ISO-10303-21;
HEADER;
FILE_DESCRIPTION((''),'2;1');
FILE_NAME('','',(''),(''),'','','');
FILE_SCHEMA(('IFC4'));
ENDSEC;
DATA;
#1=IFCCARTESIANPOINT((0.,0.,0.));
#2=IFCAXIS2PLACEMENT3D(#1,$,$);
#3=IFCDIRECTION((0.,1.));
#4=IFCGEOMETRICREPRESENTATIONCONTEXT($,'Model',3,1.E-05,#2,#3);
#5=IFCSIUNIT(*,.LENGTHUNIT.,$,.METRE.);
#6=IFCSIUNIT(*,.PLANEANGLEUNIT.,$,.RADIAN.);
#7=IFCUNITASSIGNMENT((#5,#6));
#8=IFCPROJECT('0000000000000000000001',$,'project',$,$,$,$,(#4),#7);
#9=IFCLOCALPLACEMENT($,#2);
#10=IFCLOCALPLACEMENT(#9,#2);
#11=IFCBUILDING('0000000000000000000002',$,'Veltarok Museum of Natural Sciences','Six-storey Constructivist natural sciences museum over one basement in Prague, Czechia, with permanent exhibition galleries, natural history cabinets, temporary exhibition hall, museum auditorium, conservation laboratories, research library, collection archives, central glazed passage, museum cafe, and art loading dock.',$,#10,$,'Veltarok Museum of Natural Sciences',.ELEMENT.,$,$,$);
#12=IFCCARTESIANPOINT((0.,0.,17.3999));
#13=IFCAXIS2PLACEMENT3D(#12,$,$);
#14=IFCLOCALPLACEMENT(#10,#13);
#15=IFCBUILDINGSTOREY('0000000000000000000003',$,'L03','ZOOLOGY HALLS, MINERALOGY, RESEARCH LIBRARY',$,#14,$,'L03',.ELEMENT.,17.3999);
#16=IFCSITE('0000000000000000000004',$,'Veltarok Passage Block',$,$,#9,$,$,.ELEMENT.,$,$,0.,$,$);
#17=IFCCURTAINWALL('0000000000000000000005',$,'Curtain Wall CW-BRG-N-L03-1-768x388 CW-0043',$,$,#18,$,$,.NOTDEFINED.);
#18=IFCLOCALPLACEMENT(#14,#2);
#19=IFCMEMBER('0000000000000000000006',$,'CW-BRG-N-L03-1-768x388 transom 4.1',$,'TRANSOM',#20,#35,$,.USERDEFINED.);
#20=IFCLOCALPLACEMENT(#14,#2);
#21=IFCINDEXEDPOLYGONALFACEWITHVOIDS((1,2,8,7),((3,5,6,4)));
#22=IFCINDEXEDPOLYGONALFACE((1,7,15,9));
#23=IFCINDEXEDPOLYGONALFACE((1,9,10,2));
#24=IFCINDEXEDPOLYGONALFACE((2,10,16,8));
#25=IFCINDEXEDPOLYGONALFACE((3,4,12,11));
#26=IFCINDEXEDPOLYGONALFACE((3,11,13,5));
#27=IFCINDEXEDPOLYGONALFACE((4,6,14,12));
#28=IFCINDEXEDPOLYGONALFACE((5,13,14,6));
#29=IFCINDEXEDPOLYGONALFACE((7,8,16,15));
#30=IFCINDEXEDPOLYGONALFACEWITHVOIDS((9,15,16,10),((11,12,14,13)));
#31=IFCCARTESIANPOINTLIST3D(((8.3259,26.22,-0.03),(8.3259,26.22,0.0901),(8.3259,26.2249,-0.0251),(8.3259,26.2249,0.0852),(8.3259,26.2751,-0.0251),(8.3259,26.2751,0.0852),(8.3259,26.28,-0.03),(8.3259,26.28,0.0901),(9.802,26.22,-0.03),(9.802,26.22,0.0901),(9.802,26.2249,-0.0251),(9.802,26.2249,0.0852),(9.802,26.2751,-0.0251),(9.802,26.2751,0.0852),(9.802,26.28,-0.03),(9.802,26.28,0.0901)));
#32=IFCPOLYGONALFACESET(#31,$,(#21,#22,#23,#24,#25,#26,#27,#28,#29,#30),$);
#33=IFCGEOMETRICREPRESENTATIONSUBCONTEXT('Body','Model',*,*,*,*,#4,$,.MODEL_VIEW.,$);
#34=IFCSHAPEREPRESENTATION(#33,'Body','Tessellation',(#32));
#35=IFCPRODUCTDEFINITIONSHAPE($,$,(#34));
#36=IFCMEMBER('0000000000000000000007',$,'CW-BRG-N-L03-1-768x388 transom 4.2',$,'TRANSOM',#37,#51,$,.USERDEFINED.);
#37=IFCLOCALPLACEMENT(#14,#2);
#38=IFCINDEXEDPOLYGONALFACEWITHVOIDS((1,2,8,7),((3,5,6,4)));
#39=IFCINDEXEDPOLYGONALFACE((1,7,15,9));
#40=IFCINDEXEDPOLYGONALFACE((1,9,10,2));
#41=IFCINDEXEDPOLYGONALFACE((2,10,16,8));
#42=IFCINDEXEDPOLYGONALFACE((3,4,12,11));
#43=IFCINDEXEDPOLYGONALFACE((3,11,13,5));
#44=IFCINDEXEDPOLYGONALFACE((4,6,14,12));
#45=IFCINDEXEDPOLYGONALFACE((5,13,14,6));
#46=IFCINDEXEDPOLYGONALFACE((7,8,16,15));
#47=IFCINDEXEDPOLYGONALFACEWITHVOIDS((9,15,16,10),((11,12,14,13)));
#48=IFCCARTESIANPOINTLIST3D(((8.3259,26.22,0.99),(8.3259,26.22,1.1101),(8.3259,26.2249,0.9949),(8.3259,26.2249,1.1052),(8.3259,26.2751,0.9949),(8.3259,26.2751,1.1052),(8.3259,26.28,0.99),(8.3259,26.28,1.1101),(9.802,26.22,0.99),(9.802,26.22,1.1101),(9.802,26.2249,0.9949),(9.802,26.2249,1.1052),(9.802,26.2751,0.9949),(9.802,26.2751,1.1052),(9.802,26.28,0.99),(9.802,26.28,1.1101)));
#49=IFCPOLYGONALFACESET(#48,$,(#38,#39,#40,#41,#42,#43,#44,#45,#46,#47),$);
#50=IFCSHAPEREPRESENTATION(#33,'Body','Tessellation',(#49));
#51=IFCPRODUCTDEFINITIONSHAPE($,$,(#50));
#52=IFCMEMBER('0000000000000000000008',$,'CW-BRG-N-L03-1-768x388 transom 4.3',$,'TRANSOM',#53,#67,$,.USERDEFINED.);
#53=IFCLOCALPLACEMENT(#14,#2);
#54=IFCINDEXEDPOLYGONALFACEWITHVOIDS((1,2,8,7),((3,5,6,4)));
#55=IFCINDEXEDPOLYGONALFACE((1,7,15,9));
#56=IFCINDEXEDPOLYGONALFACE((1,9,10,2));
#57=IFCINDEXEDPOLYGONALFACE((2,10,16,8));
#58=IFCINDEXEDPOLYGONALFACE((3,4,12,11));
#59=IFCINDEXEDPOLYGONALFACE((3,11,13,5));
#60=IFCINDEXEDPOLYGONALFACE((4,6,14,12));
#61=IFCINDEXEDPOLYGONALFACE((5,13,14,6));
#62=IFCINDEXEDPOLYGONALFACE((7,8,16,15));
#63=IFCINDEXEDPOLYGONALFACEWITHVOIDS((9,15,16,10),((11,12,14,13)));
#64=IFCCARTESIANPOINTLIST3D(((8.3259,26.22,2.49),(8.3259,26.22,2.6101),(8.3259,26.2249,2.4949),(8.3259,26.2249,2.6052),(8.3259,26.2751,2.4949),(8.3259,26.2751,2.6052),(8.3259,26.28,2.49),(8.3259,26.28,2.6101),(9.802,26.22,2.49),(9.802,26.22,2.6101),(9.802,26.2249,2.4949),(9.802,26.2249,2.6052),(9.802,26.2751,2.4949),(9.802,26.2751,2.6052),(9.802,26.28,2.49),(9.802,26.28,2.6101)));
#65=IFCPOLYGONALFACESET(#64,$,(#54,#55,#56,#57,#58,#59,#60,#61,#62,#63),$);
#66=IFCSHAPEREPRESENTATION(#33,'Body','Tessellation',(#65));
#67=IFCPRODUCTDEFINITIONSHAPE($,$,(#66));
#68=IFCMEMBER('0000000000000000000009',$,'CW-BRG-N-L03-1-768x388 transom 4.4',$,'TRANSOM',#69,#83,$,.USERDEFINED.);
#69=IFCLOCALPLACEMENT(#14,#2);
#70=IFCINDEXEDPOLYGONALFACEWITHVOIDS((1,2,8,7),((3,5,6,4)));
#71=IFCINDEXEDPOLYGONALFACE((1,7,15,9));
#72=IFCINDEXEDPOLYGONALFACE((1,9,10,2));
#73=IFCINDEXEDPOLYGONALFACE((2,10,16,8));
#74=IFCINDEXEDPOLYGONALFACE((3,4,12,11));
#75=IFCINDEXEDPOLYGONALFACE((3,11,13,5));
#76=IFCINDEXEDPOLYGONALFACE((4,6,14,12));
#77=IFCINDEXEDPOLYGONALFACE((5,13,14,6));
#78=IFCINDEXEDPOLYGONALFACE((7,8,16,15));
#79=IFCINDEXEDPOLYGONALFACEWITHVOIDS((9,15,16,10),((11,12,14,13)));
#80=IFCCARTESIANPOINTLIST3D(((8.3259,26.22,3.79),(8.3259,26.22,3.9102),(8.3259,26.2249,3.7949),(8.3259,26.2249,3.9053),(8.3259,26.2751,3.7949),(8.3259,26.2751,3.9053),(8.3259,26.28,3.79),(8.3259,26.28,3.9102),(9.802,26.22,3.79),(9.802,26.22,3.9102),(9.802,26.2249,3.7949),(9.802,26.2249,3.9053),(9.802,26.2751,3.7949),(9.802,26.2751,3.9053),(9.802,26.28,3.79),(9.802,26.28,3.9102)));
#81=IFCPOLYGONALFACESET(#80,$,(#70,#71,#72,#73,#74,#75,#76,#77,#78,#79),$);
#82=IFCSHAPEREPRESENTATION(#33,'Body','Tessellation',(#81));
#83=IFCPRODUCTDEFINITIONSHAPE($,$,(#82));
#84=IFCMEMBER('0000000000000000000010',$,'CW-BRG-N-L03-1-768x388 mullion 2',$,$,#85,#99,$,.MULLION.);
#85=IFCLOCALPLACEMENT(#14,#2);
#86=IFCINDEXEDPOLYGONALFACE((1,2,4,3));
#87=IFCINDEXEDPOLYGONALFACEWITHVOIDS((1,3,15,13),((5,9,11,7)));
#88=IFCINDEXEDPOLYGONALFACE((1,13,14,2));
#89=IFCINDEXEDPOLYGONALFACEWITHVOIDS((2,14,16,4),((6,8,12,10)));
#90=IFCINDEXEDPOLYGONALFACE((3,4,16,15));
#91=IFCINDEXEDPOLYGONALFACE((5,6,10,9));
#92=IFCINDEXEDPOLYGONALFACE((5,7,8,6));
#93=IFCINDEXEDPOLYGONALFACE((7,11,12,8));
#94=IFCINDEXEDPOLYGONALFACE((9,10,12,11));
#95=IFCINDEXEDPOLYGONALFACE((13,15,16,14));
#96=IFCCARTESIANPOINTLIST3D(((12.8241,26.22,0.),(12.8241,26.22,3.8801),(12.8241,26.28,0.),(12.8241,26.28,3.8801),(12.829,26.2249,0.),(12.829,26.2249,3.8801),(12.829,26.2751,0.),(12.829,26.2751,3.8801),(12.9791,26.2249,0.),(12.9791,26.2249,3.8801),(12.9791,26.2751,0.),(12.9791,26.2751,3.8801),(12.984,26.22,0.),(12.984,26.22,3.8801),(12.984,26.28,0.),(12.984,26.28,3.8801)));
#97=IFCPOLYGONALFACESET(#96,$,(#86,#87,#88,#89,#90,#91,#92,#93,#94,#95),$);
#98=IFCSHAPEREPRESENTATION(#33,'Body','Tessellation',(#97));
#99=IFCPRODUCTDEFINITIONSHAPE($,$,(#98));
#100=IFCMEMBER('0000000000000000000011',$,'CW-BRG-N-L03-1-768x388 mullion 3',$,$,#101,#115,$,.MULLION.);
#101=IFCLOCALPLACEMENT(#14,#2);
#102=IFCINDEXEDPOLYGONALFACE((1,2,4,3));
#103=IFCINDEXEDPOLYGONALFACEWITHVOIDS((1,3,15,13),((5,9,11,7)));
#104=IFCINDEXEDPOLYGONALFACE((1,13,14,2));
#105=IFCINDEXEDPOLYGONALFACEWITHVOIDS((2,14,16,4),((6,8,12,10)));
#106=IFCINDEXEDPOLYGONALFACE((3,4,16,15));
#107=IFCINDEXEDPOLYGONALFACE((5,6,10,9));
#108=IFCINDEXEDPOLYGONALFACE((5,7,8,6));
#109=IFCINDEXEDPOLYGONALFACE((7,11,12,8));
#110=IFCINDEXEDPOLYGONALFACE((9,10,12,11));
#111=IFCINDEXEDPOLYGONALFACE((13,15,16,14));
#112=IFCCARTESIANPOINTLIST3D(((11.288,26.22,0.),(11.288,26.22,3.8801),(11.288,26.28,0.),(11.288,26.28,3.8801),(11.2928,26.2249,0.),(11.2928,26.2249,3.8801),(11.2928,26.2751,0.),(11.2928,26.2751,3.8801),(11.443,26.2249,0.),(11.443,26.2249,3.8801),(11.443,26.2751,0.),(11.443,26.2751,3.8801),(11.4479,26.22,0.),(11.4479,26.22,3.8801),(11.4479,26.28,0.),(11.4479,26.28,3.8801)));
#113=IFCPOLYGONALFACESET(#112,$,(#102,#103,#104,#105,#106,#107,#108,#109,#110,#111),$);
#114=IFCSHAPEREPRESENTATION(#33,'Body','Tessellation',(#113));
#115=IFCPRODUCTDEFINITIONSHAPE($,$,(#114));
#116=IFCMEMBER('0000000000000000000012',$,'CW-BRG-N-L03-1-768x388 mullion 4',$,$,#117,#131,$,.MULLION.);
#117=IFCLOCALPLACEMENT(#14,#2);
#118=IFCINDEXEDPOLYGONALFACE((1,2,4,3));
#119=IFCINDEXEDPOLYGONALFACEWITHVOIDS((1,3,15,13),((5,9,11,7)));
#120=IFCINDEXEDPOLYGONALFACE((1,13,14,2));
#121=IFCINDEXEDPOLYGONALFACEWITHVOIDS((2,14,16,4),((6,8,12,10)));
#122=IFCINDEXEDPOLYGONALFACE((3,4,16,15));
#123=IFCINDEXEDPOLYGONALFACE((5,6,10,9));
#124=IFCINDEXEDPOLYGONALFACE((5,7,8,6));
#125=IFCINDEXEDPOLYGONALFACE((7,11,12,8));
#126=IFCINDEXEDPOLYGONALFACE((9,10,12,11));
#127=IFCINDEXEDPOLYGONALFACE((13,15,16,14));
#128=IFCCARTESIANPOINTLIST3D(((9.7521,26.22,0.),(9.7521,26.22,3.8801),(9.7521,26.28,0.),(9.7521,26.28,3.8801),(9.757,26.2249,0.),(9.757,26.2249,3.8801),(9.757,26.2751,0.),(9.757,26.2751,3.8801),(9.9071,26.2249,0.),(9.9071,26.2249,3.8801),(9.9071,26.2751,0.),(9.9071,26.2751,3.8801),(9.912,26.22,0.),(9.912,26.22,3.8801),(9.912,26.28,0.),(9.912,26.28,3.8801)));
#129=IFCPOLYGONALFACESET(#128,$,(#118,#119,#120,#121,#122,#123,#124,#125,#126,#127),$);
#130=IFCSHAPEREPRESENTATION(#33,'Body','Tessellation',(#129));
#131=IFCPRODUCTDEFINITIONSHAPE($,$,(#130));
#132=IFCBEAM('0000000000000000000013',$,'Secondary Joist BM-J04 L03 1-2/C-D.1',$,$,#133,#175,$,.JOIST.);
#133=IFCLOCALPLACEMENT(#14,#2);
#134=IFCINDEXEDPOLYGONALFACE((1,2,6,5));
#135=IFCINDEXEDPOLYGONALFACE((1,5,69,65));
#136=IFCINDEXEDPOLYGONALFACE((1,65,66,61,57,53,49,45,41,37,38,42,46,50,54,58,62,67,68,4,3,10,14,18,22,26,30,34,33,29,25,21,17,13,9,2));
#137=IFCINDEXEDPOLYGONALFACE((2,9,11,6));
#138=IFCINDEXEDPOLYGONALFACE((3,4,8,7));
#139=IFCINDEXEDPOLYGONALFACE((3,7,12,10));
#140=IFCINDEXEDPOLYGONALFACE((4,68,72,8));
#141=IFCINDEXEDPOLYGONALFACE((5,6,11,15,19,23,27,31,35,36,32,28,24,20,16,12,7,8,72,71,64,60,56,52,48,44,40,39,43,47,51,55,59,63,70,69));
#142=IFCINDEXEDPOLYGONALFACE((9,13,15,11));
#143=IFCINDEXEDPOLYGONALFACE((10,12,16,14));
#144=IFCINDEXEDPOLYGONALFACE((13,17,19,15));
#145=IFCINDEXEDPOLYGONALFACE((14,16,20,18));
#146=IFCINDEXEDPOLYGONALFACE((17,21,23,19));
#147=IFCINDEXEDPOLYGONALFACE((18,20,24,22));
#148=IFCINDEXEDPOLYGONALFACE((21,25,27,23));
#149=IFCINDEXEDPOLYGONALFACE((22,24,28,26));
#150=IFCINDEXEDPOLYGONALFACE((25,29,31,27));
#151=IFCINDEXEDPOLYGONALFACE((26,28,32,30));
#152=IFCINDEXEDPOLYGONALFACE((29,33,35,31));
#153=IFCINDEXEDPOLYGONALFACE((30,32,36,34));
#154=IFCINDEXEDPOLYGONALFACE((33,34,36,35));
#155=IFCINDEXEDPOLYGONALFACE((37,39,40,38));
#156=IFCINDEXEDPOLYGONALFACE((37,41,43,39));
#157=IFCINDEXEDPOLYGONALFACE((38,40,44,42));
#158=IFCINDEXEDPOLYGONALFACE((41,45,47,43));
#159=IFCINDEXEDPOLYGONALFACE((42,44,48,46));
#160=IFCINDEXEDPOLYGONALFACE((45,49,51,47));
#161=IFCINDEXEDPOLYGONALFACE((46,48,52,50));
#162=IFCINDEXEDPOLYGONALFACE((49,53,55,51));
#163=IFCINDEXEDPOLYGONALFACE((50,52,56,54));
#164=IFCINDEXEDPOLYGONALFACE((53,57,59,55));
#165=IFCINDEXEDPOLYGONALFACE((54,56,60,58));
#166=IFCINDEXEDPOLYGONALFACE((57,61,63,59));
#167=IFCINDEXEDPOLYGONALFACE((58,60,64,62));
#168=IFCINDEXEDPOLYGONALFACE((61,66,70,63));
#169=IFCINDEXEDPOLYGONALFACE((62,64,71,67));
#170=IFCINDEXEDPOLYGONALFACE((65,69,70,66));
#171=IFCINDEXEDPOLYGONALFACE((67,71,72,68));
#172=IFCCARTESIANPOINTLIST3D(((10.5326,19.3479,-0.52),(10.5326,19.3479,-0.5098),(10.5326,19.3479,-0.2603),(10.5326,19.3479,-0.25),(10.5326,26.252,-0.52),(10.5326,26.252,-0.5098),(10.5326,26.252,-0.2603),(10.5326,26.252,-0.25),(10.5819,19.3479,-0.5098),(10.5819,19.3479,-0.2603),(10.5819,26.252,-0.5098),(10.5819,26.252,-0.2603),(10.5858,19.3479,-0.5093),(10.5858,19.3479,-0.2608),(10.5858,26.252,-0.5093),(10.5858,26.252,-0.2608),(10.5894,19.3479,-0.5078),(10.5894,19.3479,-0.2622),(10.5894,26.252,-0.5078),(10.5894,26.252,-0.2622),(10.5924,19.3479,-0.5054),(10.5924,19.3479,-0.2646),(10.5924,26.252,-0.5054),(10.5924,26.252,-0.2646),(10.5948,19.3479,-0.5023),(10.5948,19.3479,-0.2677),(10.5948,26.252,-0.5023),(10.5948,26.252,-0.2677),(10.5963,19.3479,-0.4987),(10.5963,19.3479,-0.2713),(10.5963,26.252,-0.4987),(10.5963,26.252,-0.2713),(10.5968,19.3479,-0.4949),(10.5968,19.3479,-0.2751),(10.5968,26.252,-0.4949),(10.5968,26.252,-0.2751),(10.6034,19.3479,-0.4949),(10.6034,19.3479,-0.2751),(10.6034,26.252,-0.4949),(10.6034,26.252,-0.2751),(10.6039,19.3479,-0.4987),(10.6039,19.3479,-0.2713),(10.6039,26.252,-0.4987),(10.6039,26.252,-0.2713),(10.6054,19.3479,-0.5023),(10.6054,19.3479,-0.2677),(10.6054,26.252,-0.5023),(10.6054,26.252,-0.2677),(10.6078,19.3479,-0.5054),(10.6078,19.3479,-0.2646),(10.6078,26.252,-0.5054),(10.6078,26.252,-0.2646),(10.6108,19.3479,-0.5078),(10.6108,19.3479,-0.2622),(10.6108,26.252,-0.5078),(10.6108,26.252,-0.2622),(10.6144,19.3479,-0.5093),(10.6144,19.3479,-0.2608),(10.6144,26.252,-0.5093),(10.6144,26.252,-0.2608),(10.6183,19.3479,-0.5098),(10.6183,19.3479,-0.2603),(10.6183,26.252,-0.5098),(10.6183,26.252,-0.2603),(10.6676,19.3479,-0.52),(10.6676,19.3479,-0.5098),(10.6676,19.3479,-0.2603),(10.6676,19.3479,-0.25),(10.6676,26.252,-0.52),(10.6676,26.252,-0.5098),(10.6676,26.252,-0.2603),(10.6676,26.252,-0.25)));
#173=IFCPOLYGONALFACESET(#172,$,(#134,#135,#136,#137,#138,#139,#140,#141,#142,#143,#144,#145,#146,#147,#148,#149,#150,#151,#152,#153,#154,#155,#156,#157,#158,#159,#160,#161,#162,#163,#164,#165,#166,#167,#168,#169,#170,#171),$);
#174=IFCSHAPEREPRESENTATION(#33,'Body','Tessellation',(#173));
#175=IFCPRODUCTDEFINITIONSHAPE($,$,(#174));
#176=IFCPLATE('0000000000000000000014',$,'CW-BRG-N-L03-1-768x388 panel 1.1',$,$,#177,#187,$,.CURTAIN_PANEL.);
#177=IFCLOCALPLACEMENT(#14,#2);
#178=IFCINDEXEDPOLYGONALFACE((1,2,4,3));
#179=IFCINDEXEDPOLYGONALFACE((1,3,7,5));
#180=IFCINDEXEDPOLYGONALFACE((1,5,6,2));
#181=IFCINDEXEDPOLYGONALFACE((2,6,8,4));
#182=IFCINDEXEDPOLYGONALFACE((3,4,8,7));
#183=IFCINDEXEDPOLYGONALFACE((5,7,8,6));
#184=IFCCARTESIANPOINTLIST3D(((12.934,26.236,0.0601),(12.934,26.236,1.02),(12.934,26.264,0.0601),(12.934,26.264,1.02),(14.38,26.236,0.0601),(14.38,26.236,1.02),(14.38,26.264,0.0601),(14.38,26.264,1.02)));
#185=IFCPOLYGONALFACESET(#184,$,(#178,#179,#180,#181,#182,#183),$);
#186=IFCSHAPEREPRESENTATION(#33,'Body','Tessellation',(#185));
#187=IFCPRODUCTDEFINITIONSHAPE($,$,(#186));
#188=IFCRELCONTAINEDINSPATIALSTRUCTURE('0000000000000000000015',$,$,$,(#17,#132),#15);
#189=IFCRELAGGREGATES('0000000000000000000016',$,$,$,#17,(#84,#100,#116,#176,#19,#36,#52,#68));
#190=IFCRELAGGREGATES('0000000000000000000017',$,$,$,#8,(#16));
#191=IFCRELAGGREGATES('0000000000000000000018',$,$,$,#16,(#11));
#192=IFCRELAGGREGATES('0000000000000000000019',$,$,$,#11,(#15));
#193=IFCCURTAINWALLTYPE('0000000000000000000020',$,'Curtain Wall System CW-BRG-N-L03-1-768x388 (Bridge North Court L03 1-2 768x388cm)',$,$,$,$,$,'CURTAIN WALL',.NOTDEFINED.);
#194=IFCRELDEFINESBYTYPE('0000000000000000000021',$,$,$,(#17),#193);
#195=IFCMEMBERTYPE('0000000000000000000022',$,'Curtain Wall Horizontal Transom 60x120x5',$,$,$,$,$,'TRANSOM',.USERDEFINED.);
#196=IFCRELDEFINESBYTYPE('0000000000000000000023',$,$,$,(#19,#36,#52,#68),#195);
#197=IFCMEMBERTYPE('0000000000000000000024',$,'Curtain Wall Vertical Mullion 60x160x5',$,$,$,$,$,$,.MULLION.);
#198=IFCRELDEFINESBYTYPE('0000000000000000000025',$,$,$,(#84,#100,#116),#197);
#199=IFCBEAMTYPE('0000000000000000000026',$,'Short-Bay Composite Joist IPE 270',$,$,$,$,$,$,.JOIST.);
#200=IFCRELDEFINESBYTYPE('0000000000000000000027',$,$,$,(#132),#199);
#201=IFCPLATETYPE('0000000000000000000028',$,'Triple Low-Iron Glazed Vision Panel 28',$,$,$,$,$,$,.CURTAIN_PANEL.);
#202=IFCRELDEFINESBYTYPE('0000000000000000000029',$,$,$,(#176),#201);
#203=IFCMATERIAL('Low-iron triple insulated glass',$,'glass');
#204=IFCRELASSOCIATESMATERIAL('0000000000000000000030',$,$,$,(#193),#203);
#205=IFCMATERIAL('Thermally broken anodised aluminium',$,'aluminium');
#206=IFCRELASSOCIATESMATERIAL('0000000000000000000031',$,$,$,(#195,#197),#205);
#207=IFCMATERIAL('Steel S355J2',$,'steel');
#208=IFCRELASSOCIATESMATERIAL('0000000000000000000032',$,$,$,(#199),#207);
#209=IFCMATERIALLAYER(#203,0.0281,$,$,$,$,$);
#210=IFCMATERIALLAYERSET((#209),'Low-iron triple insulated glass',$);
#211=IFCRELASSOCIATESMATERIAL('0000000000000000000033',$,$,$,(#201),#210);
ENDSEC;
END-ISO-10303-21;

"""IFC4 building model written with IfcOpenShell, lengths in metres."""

from ifc_helpers import new_model, si_unit, direction, frame, origin, origin_2d, place, context, subcontext, project, spatial, rectangle, hollow_rectangle, i_section, extrude, material, layer, layer_set, material_profile, profile_set, type_object, element, aggregate, save


model = new_model("IFC4")

# Units and contexts
model_context = context("Model", 3, precision=1e-05, world=origin(), true_north=direction((0.0, 1.0)))
body_context = subcontext(model_context, "Body", "Model", "MODEL_VIEW")
ifc_project = project(units=[si_unit("LENGTHUNIT", "METRE"), si_unit("PLANEANGLEUNIT", "RADIAN")], contexts=[model_context])

# Site, building, storey
site_placement = place(None, origin())
site = spatial("IfcSite", under=ifc_project, at=site_placement, Name="Veltarok Passage Block", CompositionType="ELEMENT", RefElevation=0.0)
building_placement = place(site_placement, origin())
building = spatial("IfcBuilding", under=site, at=building_placement, Name="Veltarok Museum of Natural Sciences", Description="Six-storey Constructivist natural sciences museum over one basement in Prague, Czechia, with permanent exhibition galleries, natural history cabinets, temporary exhibition hall, museum auditorium, conservation laboratories, research library, collection archives, central glazed passage, museum cafe, and art loading dock.", LongName="Veltarok Museum of Natural Sciences", CompositionType="ELEMENT")
storey_placement = place(building_placement, frame((0.0, 0.0, 17.3999)))
storey = spatial("IfcBuildingStorey", under=building, at=storey_placement, Name="L03", Description="ZOOLOGY HALLS, MINERALOGY, RESEARCH LIBRARY", LongName="L03", CompositionType="ELEMENT", Elevation=17.3999)

# Curtain wall, members
ifc_material_1 = material(Name="Low-iron triple insulated glass", Category="glass")
curtain_wall_type = type_object("IfcCurtainWallType", Name="Curtain Wall System CW-BRG-N-L03-1-768x388 (Bridge North Court L03 1-2 768x388cm)", ElementType="CURTAIN WALL", PredefinedType="NOTDEFINED", material=ifc_material_1)
curtain_wall_placement = place(storey_placement, origin())
curtain_wall = element("IfcCurtainWall", 1, at=curtain_wall_placement, inside=storey, type_object=curtain_wall_type, Name="Curtain Wall CW-BRG-N-L03-1-768x388 CW-0043", PredefinedType="NOTDEFINED")
ifc_material_2 = material(Name="Thermally broken anodised aluminium", Category="aluminium")
ifc_material_profile_1 = material_profile(ifc_material_2, hollow_rectangle(XDim=0.0601, YDim=0.1201, WallThickness=0.0049, at=origin_2d()), Name="CW TRANSOM 60x120x5")
ifc_profile_set_1 = profile_set([ifc_material_profile_1], Name="Thermally broken anodised aluminium")
member_type_1 = type_object("IfcMemberType", Name="Curtain Wall Horizontal Transom 60x120x5", ElementType="TRANSOM", PredefinedType="USERDEFINED", material=ifc_profile_set_1)
member_1_placement = place(storey_placement, frame((9.802, 26.25, 0.03), z_axis=(-1.0, 0.0, 0.0), x_axis=(0.0, -1.0, 0.0)))
member_1 = element("IfcMember", 2, at=member_1_placement, type_object=member_type_1, Name="CW-BRG-N-L03-1-768x388 transom 4.1", ObjectType="TRANSOM", PredefinedType="USERDEFINED", context=body_context, shape_type="SweptSolid", body=[
    extrude(hollow_rectangle(XDim=0.0601, YDim=0.1201, WallThickness=0.0049, at=origin_2d()), origin(), (0.0, 0.0, 1.0), 1.4761),
])
member_2_placement = place(storey_placement, frame((9.802, 26.25, 1.05), z_axis=(-1.0, 0.0, 0.0), x_axis=(0.0, -1.0, 0.0)))
member_2 = element("IfcMember", 3, at=member_2_placement, type_object=member_type_1, Name="CW-BRG-N-L03-1-768x388 transom 4.2", ObjectType="TRANSOM", PredefinedType="USERDEFINED", context=body_context, shape_type="SweptSolid", body=[
    extrude(hollow_rectangle(XDim=0.0601, YDim=0.1201, WallThickness=0.0049, at=origin_2d()), origin(), (0.0, 0.0, 1.0), 1.4761),
])
member_3_placement = place(storey_placement, frame((9.802, 26.25, 2.55), z_axis=(-1.0, 0.0, 0.0), x_axis=(0.0, -1.0, 0.0)))
member_3 = element("IfcMember", 4, at=member_3_placement, type_object=member_type_1, Name="CW-BRG-N-L03-1-768x388 transom 4.3", ObjectType="TRANSOM", PredefinedType="USERDEFINED", context=body_context, shape_type="SweptSolid", body=[
    extrude(hollow_rectangle(XDim=0.0601, YDim=0.1201, WallThickness=0.0049, at=origin_2d()), origin(), (0.0, 0.0, 1.0), 1.4761),
])
member_4_placement = place(storey_placement, frame((9.802, 26.25, 3.8501), z_axis=(-1.0, 0.0, 0.0), x_axis=(0.0, -1.0, 0.0)))
member_4 = element("IfcMember", 5, at=member_4_placement, type_object=member_type_1, Name="CW-BRG-N-L03-1-768x388 transom 4.4", ObjectType="TRANSOM", PredefinedType="USERDEFINED", context=body_context, shape_type="SweptSolid", body=[
    extrude(hollow_rectangle(XDim=0.0601, YDim=0.1201, WallThickness=0.0049, at=origin_2d()), origin(), (0.0, 0.0, 1.0), 1.4761),
])
ifc_material_profile_2 = material_profile(ifc_material_2, hollow_rectangle(XDim=0.0601, YDim=0.1599, WallThickness=0.0049, at=origin_2d()), Name="CW MULLION 60x160x5")
ifc_profile_set_2 = profile_set([ifc_material_profile_2], Name="Thermally broken anodised aluminium")
member_type_2 = type_object("IfcMemberType", Name="Curtain Wall Vertical Mullion 60x160x5", PredefinedType="MULLION", material=ifc_profile_set_2)
member_5_placement = place(storey_placement, frame((12.9041, 26.25, 0.0), z_axis=(0.0, 0.0, 1.0), x_axis=(0.0, -1.0, 0.0)))
member_5 = element("IfcMember", 6, at=member_5_placement, type_object=member_type_2, Name="CW-BRG-N-L03-1-768x388 mullion 2", PredefinedType="MULLION", context=body_context, shape_type="SweptSolid", body=[
    extrude(hollow_rectangle(XDim=0.0601, YDim=0.1599, WallThickness=0.0049, at=origin_2d()), origin(), (0.0, 0.0, 1.0), 3.8801),
])
member_6_placement = place(storey_placement, frame((11.3679, 26.25, 0.0), z_axis=(0.0, 0.0, 1.0), x_axis=(0.0, -1.0, 0.0)))
member_6 = element("IfcMember", 7, at=member_6_placement, type_object=member_type_2, Name="CW-BRG-N-L03-1-768x388 mullion 3", PredefinedType="MULLION", context=body_context, shape_type="SweptSolid", body=[
    extrude(hollow_rectangle(XDim=0.0601, YDim=0.1599, WallThickness=0.0049, at=origin_2d()), origin(), (0.0, 0.0, 1.0), 3.8801),
])
member_7_placement = place(storey_placement, frame((9.832, 26.25, 0.0), z_axis=(0.0, 0.0, 1.0), x_axis=(0.0, -1.0, 0.0)))
member_7 = element("IfcMember", 8, at=member_7_placement, type_object=member_type_2, Name="CW-BRG-N-L03-1-768x388 mullion 4", PredefinedType="MULLION", context=body_context, shape_type="SweptSolid", body=[
    extrude(hollow_rectangle(XDim=0.0601, YDim=0.1599, WallThickness=0.0049, at=origin_2d()), origin(), (0.0, 0.0, 1.0), 3.8801),
])

# Beam
ifc_material_3 = material(Name="Steel S355J2", Category="steel")
ifc_material_profile_3 = material_profile(ifc_material_3, i_section(OverallWidth=0.135, OverallDepth=0.27, WebThickness=0.0066, FlangeThickness=0.0103, FilletRadius=0.0149, at=origin_2d()), Name="IPE 270")
ifc_profile_set_3 = profile_set([ifc_material_profile_3], Name="Steel S355J2")
beam_type = type_object("IfcBeamType", Name="Short-Bay Composite Joist IPE 270", PredefinedType="JOIST", material=ifc_profile_set_3)
beam_placement = place(storey_placement, frame((10.6001, 19.3479, -0.385), z_axis=(0.0, 1.0, 0.0), x_axis=(-1.0, 0.0, 0.0)))
element("IfcBeam", 9, at=beam_placement, inside=storey, type_object=beam_type, Name="Secondary Joist BM-J04 L03 1-2/C-D.1", PredefinedType="JOIST", context=body_context, shape_type="SweptSolid", body=[
    extrude(i_section(OverallWidth=0.135, OverallDepth=0.27, WebThickness=0.0066, FlangeThickness=0.0103, FilletRadius=0.0149, at=origin_2d()), origin(), (0.0, 0.0, 1.0), 6.9041),
])

# Plate
ifc_layer = layer(ifc_material_1, 0.0281)
ifc_layer_set = layer_set([ifc_layer], Name="Low-iron triple insulated glass")
plate_type = type_object("IfcPlateType", Name="Triple Low-Iron Glazed Vision Panel 28", PredefinedType="CURTAIN_PANEL", material=ifc_layer_set)
plate_1_placement = place(storey_placement, frame((13.657, 26.25, 0.0601), z_axis=(0.0, 0.0, 1.0), x_axis=(-1.0, 0.0, 0.0)))
plate_1 = element("IfcPlate", 10, at=plate_1_placement, type_object=plate_type, Name="CW-BRG-N-L03-1-768x388 panel 1.1", PredefinedType="CURTAIN_PANEL", context=body_context, shape_type="SweptSolid", body=[
    extrude(rectangle(XDim=1.446, YDim=0.0281, at=origin_2d()), origin(), (0.0, 0.0, 1.0), 0.96),
])
aggregate(curtain_wall, [member_5, member_6, member_7, plate_1, member_1, member_2, member_3, member_4])

save(model, "model.ifc")
